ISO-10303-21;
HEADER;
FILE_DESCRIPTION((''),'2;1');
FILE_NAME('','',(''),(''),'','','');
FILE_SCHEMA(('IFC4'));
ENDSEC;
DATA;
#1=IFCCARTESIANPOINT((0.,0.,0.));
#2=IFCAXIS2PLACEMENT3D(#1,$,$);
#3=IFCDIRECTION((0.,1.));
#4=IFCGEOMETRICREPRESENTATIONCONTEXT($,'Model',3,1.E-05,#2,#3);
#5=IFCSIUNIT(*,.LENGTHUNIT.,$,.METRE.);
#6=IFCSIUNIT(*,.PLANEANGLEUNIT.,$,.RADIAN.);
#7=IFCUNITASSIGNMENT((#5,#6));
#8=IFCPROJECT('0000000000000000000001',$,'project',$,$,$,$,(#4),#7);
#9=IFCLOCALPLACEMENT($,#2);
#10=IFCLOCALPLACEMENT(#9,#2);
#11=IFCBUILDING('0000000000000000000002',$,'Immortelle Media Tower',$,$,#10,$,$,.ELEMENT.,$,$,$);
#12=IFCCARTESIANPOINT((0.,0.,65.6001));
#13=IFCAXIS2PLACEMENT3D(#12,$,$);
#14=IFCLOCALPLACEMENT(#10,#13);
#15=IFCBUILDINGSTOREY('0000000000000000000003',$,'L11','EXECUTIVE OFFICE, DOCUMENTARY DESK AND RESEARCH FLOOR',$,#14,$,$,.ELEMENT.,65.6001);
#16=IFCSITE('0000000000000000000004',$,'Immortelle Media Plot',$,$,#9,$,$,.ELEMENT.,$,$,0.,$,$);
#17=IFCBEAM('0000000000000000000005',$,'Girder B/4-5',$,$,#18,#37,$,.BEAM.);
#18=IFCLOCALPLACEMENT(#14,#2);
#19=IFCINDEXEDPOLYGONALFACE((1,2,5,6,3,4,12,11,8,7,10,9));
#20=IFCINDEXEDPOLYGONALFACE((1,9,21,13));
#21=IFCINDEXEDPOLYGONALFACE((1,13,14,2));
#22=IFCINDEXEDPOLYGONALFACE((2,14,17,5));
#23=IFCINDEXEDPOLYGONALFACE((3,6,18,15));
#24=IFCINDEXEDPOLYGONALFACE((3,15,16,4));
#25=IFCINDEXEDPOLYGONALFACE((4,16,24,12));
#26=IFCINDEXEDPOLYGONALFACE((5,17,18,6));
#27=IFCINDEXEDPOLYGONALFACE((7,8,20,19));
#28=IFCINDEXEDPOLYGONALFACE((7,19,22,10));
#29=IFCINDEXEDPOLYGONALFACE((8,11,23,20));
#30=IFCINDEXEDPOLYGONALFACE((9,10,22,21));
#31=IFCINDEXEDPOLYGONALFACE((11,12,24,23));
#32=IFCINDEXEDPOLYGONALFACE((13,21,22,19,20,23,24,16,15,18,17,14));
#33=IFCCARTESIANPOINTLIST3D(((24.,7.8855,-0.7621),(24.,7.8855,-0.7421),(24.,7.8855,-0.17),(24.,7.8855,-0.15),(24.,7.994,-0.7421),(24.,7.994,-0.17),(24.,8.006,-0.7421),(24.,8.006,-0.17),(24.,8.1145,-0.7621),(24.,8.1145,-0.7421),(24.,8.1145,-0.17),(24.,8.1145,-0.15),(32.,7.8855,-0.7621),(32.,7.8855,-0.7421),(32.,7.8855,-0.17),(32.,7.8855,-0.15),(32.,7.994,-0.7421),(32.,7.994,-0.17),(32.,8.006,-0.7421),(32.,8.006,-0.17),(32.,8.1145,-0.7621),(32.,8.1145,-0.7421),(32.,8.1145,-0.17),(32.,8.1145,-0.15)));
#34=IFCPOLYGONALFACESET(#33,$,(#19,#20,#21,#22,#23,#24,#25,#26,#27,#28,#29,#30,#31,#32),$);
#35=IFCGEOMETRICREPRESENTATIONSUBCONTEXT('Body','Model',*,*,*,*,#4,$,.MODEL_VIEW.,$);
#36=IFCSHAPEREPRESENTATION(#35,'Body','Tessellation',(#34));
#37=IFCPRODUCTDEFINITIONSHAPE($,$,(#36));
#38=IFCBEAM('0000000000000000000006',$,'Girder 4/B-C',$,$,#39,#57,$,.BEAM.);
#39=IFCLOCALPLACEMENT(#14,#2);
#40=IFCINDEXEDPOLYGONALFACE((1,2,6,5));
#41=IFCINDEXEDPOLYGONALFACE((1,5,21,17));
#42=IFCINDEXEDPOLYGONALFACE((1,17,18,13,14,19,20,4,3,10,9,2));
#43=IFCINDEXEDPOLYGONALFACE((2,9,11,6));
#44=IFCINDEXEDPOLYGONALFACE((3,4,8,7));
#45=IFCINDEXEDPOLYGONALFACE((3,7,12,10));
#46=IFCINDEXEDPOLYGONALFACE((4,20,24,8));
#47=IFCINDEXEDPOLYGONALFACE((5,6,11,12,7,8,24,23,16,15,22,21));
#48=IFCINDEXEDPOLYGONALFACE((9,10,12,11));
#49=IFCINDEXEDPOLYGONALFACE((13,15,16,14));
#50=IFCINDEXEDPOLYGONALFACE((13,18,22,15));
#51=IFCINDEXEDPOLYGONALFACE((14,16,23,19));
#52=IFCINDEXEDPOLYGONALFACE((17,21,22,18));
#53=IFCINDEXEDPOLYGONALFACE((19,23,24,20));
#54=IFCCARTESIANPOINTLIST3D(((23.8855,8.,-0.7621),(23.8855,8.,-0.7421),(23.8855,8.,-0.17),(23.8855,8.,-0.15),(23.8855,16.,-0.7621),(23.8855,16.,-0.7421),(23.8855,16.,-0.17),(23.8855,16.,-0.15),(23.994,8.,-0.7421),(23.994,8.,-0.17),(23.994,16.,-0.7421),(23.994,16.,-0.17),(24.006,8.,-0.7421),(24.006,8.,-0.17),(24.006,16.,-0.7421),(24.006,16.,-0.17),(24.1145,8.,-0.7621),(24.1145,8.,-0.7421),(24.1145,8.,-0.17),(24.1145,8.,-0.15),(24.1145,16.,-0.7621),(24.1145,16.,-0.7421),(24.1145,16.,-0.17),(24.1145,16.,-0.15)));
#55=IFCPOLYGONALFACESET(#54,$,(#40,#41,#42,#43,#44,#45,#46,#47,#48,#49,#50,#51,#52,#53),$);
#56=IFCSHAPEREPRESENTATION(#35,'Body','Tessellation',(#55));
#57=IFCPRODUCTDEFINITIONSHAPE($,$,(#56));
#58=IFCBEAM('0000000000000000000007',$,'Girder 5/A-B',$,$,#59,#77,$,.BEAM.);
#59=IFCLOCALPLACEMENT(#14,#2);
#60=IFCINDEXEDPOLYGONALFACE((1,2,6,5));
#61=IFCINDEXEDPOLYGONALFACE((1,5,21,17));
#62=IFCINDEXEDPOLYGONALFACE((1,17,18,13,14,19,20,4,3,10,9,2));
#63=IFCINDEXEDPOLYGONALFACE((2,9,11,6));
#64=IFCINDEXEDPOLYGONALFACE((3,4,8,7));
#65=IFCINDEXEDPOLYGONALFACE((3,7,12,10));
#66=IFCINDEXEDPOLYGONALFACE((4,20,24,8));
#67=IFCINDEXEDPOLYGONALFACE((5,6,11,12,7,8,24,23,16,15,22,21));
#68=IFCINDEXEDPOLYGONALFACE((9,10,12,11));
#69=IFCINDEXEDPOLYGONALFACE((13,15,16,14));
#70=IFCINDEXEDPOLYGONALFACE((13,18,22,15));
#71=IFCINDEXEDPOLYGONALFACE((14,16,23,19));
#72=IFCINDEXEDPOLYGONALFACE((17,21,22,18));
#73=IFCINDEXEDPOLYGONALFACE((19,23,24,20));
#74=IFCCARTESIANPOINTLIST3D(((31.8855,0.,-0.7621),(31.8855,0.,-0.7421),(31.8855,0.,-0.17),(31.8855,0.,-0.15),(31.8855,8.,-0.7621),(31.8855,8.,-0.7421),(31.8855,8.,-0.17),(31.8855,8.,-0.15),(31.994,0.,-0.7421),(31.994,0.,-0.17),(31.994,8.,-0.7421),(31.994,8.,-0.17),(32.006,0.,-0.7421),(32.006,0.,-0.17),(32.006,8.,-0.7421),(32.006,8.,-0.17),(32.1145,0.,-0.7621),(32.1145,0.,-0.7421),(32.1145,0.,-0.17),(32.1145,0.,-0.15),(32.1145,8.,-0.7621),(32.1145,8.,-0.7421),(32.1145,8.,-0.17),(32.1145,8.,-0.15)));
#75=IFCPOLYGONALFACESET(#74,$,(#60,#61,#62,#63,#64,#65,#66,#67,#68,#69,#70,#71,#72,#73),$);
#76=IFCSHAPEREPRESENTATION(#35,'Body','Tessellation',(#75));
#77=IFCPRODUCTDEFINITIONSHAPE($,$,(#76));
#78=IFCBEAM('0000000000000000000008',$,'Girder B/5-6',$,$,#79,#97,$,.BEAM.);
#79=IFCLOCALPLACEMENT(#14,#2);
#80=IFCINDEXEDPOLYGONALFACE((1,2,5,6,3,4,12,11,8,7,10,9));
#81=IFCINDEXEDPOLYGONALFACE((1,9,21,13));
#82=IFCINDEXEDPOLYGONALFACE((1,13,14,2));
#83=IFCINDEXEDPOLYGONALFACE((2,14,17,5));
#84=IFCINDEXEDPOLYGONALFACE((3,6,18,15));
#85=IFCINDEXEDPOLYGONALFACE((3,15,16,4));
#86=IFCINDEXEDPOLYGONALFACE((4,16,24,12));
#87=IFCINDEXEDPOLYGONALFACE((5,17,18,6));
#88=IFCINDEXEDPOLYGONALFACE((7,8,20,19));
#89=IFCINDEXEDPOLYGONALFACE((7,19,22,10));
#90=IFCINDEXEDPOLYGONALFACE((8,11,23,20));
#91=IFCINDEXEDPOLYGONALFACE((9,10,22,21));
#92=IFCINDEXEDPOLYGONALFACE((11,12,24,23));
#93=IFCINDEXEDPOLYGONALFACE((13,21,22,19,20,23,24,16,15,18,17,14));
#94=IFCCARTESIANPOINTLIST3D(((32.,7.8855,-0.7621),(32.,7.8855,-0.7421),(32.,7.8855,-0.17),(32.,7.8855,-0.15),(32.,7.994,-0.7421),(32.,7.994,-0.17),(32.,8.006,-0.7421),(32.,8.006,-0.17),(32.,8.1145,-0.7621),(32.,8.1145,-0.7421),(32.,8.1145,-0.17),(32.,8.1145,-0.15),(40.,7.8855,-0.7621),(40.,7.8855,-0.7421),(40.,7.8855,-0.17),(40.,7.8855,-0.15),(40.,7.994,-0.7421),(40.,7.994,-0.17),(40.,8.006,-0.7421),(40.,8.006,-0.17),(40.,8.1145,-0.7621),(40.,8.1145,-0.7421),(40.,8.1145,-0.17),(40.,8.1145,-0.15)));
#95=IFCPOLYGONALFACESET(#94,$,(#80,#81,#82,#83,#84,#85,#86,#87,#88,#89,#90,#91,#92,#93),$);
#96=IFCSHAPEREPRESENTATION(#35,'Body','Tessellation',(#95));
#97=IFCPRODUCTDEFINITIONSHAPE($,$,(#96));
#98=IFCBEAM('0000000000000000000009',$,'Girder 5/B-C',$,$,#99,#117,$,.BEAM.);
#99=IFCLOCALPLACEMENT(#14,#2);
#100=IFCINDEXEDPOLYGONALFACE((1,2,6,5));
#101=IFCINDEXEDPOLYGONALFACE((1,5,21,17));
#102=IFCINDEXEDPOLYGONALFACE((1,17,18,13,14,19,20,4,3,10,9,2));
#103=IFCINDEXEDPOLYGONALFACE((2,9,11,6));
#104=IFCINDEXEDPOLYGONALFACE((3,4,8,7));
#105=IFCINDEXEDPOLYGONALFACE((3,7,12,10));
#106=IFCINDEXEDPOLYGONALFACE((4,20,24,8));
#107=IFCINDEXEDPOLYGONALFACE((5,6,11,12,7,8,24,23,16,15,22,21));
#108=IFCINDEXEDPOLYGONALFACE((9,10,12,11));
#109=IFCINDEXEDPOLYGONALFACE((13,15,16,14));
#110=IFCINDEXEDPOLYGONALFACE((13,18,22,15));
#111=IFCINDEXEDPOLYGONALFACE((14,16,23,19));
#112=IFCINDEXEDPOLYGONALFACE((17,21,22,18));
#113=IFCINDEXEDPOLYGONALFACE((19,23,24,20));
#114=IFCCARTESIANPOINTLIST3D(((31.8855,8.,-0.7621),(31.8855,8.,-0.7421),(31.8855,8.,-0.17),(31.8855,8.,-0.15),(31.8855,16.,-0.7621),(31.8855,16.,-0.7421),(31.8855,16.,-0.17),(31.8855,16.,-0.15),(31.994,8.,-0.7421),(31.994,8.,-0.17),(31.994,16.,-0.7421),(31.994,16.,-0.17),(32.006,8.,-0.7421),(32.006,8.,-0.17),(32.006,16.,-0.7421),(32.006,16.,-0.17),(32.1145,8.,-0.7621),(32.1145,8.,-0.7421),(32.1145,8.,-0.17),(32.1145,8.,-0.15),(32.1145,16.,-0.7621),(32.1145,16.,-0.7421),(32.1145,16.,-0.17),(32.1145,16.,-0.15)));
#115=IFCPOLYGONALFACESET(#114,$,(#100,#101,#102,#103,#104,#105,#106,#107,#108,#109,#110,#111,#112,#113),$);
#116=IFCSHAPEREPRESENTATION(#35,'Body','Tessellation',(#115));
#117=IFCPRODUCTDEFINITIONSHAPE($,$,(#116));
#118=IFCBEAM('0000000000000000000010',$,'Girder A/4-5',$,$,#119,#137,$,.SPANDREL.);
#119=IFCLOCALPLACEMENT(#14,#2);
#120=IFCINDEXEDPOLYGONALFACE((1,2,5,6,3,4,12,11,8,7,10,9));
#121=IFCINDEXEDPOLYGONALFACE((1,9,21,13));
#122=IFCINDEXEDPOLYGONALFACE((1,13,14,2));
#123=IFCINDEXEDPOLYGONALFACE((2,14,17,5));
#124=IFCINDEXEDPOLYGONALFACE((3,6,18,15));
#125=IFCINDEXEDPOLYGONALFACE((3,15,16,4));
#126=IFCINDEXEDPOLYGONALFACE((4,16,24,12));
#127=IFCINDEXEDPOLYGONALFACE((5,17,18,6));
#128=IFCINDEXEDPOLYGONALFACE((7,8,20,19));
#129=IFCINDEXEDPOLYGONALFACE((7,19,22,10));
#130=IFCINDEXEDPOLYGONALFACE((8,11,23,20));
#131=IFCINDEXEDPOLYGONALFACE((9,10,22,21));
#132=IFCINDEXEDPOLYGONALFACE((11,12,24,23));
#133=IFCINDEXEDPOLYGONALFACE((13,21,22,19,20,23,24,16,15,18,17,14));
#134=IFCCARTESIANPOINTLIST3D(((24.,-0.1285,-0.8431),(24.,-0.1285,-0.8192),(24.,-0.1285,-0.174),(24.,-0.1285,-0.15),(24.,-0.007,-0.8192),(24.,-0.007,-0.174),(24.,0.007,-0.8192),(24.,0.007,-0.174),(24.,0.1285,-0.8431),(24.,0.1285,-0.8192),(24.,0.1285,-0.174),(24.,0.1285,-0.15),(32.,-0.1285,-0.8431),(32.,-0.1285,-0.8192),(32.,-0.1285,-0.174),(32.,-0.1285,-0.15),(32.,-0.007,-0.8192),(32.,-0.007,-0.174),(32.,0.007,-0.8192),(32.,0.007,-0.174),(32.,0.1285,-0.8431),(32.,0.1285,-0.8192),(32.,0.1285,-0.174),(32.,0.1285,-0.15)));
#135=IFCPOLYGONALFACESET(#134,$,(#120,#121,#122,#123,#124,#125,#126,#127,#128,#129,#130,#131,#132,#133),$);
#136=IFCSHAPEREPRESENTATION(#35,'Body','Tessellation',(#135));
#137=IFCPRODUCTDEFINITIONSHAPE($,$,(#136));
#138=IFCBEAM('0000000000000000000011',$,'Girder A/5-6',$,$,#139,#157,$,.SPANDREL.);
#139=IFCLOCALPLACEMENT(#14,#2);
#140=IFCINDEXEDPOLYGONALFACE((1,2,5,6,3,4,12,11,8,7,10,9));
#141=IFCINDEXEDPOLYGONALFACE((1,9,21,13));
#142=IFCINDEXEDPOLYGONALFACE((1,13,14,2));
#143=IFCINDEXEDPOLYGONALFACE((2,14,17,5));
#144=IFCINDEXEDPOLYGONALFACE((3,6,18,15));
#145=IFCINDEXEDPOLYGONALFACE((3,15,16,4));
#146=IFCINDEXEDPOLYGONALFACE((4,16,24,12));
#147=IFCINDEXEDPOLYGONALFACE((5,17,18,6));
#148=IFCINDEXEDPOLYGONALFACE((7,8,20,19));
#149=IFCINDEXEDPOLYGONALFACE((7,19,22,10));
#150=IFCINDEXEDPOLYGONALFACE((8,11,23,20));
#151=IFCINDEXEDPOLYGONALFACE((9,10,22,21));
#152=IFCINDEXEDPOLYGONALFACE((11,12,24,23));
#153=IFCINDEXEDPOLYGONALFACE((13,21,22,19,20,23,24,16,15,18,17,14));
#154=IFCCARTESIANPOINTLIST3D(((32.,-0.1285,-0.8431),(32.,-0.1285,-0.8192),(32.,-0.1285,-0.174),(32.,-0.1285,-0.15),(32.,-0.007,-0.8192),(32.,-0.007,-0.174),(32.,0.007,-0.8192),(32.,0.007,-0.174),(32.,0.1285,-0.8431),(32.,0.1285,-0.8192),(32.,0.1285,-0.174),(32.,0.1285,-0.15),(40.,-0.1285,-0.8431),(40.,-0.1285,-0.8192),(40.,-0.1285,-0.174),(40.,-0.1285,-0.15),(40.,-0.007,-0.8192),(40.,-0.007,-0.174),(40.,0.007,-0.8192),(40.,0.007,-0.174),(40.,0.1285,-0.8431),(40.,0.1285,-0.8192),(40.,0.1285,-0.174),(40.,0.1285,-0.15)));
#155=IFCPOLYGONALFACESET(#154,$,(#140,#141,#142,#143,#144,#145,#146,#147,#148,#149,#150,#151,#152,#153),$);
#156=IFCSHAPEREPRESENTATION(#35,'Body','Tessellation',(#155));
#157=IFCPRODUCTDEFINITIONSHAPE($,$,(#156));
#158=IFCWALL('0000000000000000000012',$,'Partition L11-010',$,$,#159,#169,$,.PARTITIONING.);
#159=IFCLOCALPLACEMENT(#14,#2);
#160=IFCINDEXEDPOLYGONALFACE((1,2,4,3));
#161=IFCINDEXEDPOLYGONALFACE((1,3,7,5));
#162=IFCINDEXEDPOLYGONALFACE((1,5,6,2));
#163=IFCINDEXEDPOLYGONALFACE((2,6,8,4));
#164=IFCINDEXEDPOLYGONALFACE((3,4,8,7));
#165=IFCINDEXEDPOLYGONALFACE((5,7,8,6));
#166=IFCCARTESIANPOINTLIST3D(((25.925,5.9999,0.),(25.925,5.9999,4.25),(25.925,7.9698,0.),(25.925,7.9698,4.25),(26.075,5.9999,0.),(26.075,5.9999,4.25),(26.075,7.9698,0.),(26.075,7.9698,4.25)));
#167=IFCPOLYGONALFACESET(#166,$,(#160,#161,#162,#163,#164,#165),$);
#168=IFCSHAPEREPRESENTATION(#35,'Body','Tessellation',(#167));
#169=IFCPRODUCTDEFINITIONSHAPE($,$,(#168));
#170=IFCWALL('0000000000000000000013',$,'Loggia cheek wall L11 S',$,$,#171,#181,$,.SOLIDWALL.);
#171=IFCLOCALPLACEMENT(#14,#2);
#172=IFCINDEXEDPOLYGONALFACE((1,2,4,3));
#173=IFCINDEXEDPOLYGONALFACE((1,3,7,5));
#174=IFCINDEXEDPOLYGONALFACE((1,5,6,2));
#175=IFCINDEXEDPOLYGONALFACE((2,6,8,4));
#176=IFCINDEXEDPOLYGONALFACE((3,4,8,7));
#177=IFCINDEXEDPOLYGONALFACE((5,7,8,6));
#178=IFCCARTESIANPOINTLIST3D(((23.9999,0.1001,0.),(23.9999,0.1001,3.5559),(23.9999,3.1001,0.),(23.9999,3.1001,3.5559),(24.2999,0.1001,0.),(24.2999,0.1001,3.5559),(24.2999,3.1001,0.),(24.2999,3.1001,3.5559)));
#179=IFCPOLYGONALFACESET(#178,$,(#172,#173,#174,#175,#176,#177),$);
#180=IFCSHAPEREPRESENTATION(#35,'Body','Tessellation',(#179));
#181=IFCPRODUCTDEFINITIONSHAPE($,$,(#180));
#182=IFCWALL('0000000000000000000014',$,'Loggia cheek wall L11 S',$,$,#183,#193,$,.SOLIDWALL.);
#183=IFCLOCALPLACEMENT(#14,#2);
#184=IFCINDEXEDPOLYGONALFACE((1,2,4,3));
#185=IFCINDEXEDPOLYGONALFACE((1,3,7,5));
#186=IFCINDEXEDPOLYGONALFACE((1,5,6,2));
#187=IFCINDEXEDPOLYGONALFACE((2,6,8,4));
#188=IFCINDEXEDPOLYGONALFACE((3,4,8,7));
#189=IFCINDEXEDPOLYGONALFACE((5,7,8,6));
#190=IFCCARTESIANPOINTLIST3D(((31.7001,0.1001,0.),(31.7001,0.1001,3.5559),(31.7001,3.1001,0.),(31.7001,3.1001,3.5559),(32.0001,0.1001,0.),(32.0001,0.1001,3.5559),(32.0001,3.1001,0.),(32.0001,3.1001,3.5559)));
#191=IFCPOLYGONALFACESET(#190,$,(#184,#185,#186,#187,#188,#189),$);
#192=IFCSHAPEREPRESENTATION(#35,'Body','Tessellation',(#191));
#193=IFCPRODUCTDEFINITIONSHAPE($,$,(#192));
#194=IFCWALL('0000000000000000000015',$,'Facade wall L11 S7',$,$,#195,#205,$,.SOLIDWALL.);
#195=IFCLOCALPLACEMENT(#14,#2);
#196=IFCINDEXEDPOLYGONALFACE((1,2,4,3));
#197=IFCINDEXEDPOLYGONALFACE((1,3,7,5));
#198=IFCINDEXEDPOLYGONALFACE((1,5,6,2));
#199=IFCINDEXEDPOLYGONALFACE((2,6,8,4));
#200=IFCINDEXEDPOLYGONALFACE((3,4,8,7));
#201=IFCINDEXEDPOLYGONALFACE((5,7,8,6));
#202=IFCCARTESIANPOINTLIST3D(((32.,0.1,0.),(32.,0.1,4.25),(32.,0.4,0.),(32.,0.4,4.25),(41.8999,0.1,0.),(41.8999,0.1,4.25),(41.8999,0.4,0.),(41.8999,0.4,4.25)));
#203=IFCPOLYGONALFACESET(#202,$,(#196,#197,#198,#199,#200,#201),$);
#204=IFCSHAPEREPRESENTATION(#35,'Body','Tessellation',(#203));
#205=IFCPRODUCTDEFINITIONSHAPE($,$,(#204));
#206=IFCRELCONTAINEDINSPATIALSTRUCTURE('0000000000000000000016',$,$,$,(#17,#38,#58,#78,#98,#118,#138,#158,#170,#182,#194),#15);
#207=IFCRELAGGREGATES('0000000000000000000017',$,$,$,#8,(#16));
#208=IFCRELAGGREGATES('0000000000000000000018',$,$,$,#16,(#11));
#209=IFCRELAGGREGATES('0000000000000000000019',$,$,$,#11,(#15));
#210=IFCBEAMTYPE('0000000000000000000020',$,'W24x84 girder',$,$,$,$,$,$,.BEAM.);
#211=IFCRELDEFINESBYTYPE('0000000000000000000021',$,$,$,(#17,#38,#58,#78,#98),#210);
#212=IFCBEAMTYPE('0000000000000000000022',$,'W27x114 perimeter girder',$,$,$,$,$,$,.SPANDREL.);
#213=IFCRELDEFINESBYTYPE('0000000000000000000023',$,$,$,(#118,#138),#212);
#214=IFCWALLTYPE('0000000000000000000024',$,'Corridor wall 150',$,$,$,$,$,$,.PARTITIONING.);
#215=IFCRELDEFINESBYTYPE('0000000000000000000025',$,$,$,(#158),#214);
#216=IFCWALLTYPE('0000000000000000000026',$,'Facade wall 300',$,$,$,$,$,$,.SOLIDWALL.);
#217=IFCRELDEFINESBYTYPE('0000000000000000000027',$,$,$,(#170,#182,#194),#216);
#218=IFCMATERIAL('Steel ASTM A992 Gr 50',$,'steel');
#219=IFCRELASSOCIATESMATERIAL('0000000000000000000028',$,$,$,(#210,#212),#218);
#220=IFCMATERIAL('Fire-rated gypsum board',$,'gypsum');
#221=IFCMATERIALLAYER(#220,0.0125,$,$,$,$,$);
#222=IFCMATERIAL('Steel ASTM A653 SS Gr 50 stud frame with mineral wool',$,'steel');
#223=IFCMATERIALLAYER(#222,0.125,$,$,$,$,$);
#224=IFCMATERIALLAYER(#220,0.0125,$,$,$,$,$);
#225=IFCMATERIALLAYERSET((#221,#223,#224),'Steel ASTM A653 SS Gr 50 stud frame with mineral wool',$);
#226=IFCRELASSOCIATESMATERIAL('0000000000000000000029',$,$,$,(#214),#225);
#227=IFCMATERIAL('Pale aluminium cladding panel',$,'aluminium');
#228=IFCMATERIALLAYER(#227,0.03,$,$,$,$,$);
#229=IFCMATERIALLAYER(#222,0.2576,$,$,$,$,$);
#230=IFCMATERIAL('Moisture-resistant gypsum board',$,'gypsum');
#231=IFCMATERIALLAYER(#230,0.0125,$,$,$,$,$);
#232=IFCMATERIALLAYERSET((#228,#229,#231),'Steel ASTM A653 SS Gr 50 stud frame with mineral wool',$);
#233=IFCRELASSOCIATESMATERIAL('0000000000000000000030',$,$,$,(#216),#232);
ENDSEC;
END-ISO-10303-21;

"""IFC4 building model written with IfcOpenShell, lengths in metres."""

from ifc_helpers import new_model, si_unit, direction, frame, frame_2d, origin, origin_2d, place, context, subcontext, project, spatial, rectangle, i_section, extrude, material, layer, layer_set, material_profile, profile_set, type_object, element, save


model = new_model("IFC4")

# Units and contexts
model_context = context("Model", 3, precision=1e-05, world=origin(), true_north=direction((0.0, 1.0)))
body_context = subcontext(model_context, "Body", "Model", "MODEL_VIEW")
ifc_project = project(units=[si_unit("LENGTHUNIT", "METRE"), si_unit("PLANEANGLEUNIT", "RADIAN")], contexts=[model_context])

# Site, building, storey
site_placement = place(None, origin())
site = spatial("IfcSite", under=ifc_project, at=site_placement, Name="Immortelle Media Plot", CompositionType="ELEMENT", RefElevation=0.0)
building_placement = place(site_placement, origin())
building = spatial("IfcBuilding", under=site, at=building_placement, Name="Immortelle Media Tower", CompositionType="ELEMENT")
storey_placement = place(building_placement, frame((0.0, 0.0, 65.6001)))
storey = spatial("IfcBuildingStorey", under=building, at=storey_placement, Name="L11", Description="EXECUTIVE OFFICE, DOCUMENTARY DESK AND RESEARCH FLOOR", CompositionType="ELEMENT", Elevation=65.6001)

# Shared definitions
ifc_material_1 = material(Name="Steel ASTM A992 Gr 50", Category="steel")

# Beams
ifc_material_profile_1 = material_profile(ifc_material_1, i_section(OverallWidth=0.229, OverallDepth=0.6121, WebThickness=0.012, FlangeThickness=0.02, at=origin_2d()), Name="W24x84")
ifc_profile_set_1 = profile_set([ifc_material_profile_1], Name="Steel ASTM A992 Gr 50")
beam_type_1 = type_object("IfcBeamType", Name="W24x84 girder", PredefinedType="BEAM", material=ifc_profile_set_1)
for number, where, z_axis, x_axis, name in (
    (1, (24.0, 8.0, -0.4561), (1.0, 0.0, 0.0), (0.0, 1.0, 0.0), "Girder B/4-5"),
    (2, (24.0, 8.0, -0.4561), (0.0, 1.0, 0.0), (-1.0, 0.0, 0.0), "Girder 4/B-C"),
    (3, (32.0, 0.0, -0.4561), (0.0, 1.0, 0.0), (-1.0, 0.0, 0.0), "Girder 5/A-B"),
    (4, (32.0, 8.0, -0.4561), (1.0, 0.0, 0.0), (0.0, 1.0, 0.0), "Girder B/5-6"),
    (5, (32.0, 8.0, -0.4561), (0.0, 1.0, 0.0), (-1.0, 0.0, 0.0), "Girder 5/B-C"),
):
    element("IfcBeam", number, at=place(storey_placement, frame(where, z_axis=z_axis, x_axis=x_axis)), inside=storey, type_object=beam_type_1, Name=name, PredefinedType="BEAM", context=body_context, shape_type="SweptSolid", body=[
        extrude(i_section(OverallWidth=0.229, OverallDepth=0.6121, WebThickness=0.012, FlangeThickness=0.02, at=origin_2d()), origin(), (0.0, 0.0, 1.0), 8.0),
    ])
ifc_material_profile_2 = material_profile(ifc_material_1, i_section(OverallWidth=0.2571, OverallDepth=0.6931, WebThickness=0.0139, FlangeThickness=0.0239, at=origin_2d()), Name="W27x114")
ifc_profile_set_2 = profile_set([ifc_material_profile_2], Name="Steel ASTM A992 Gr 50")
beam_type_2 = type_object("IfcBeamType", Name="W27x114 perimeter girder", PredefinedType="SPANDREL", material=ifc_profile_set_2)
for number, where, z_axis, x_axis, name in (
    (6, (24.0, 0.0, -0.4966), (1.0, 0.0, 0.0), (0.0, 1.0, 0.0), "Girder A/4-5"),
    (7, (32.0, 0.0, -0.4966), (1.0, 0.0, 0.0), (0.0, 1.0, 0.0), "Girder A/5-6"),
):
    element("IfcBeam", number, at=place(storey_placement, frame(where, z_axis=z_axis, x_axis=x_axis)), inside=storey, type_object=beam_type_2, Name=name, PredefinedType="SPANDREL", context=body_context, shape_type="SweptSolid", body=[
        extrude(i_section(OverallWidth=0.2571, OverallDepth=0.6931, WebThickness=0.0139, FlangeThickness=0.0239, at=origin_2d()), origin(), (0.0, 0.0, 1.0), 8.0),
    ])

# Wall
ifc_material_2 = material(Name="Fire-rated gypsum board", Category="gypsum")
ifc_layer_1 = layer(ifc_material_2, 0.0125)
ifc_material_3 = material(Name="Steel ASTM A653 SS Gr 50 stud frame with mineral wool", Category="steel")
ifc_layer_2 = layer(ifc_material_3, 0.125)
ifc_layer_3 = layer(ifc_material_2, 0.0125)
ifc_layer_set_1 = layer_set([ifc_layer_1, ifc_layer_2, ifc_layer_3], Name="Steel ASTM A653 SS Gr 50 stud frame with mineral wool")
wall_type_1 = type_object("IfcWallType", Name="Corridor wall 150", PredefinedType="PARTITIONING", material=ifc_layer_set_1)
wall_1_placement = place(storey_placement, frame((26.0, 6.0, 0.0), z_axis=(0.0, 0.0, 1.0), x_axis=(0.0, 1.0, 0.0)))
element("IfcWall", 8, at=wall_1_placement, inside=storey, type_object=wall_type_1, Name="Partition L11-010", PredefinedType="PARTITIONING", context=body_context, shape_type="SweptSolid", body=[
    extrude(rectangle(XDim=1.97, YDim=0.1499, at=frame_2d((0.9849, 0.0))), origin(), (0.0, 0.0, 1.0), 4.25),
])

# Shared definitions
ifc_material_4 = material(Name="Pale aluminium cladding panel", Category="aluminium")
ifc_layer_4 = layer(ifc_material_4, 0.03)
ifc_layer_5 = layer(ifc_material_3, 0.2576)
ifc_material_5 = material(Name="Moisture-resistant gypsum board", Category="gypsum")
ifc_layer_6 = layer(ifc_material_5, 0.0125)
ifc_layer_set_2 = layer_set([ifc_layer_4, ifc_layer_5, ifc_layer_6], Name="Steel ASTM A653 SS Gr 50 stud frame with mineral wool")
wall_type_2 = type_object("IfcWallType", Name="Facade wall 300", PredefinedType="SOLIDWALL", material=ifc_layer_set_2)

# Walls
for number, where, z_axis, x_axis, name in (
    (9, (24.1499, 0.1001, 0.0), (0.0, 0.0, 1.0), (0.0, 1.0, 0.0), "Loggia cheek wall L11 S"),
    (10, (31.8501, 0.1001, 0.0), (0.0, 0.0, 1.0), (0.0, 1.0, 0.0), "Loggia cheek wall L11 S"),
):
    element("IfcWall", number, at=place(storey_placement, frame(where, z_axis=z_axis, x_axis=x_axis)), inside=storey, type_object=wall_type_2, Name=name, PredefinedType="SOLIDWALL", context=body_context, shape_type="SweptSolid", body=[
        extrude(rectangle(XDim=3.0, YDim=0.3, at=frame_2d((1.5, 0.0))), origin(), (0.0, 0.0, 1.0), 3.5559),
    ])
wall_2_placement = place(storey_placement, frame((32.0, 0.25, 0.0), z_axis=(0.0, 0.0, 1.0), x_axis=(1.0, 0.0, 0.0)))
element("IfcWall", 11, at=wall_2_placement, inside=storey, type_object=wall_type_2, Name="Facade wall L11 S7", PredefinedType="SOLIDWALL", context=body_context, shape_type="SweptSolid", body=[
    extrude(rectangle(XDim=9.8999, YDim=0.3, at=frame_2d((4.95, 0.0))), origin(), (0.0, 0.0, 1.0), 4.25),
])

save(model, "model.ifc")
